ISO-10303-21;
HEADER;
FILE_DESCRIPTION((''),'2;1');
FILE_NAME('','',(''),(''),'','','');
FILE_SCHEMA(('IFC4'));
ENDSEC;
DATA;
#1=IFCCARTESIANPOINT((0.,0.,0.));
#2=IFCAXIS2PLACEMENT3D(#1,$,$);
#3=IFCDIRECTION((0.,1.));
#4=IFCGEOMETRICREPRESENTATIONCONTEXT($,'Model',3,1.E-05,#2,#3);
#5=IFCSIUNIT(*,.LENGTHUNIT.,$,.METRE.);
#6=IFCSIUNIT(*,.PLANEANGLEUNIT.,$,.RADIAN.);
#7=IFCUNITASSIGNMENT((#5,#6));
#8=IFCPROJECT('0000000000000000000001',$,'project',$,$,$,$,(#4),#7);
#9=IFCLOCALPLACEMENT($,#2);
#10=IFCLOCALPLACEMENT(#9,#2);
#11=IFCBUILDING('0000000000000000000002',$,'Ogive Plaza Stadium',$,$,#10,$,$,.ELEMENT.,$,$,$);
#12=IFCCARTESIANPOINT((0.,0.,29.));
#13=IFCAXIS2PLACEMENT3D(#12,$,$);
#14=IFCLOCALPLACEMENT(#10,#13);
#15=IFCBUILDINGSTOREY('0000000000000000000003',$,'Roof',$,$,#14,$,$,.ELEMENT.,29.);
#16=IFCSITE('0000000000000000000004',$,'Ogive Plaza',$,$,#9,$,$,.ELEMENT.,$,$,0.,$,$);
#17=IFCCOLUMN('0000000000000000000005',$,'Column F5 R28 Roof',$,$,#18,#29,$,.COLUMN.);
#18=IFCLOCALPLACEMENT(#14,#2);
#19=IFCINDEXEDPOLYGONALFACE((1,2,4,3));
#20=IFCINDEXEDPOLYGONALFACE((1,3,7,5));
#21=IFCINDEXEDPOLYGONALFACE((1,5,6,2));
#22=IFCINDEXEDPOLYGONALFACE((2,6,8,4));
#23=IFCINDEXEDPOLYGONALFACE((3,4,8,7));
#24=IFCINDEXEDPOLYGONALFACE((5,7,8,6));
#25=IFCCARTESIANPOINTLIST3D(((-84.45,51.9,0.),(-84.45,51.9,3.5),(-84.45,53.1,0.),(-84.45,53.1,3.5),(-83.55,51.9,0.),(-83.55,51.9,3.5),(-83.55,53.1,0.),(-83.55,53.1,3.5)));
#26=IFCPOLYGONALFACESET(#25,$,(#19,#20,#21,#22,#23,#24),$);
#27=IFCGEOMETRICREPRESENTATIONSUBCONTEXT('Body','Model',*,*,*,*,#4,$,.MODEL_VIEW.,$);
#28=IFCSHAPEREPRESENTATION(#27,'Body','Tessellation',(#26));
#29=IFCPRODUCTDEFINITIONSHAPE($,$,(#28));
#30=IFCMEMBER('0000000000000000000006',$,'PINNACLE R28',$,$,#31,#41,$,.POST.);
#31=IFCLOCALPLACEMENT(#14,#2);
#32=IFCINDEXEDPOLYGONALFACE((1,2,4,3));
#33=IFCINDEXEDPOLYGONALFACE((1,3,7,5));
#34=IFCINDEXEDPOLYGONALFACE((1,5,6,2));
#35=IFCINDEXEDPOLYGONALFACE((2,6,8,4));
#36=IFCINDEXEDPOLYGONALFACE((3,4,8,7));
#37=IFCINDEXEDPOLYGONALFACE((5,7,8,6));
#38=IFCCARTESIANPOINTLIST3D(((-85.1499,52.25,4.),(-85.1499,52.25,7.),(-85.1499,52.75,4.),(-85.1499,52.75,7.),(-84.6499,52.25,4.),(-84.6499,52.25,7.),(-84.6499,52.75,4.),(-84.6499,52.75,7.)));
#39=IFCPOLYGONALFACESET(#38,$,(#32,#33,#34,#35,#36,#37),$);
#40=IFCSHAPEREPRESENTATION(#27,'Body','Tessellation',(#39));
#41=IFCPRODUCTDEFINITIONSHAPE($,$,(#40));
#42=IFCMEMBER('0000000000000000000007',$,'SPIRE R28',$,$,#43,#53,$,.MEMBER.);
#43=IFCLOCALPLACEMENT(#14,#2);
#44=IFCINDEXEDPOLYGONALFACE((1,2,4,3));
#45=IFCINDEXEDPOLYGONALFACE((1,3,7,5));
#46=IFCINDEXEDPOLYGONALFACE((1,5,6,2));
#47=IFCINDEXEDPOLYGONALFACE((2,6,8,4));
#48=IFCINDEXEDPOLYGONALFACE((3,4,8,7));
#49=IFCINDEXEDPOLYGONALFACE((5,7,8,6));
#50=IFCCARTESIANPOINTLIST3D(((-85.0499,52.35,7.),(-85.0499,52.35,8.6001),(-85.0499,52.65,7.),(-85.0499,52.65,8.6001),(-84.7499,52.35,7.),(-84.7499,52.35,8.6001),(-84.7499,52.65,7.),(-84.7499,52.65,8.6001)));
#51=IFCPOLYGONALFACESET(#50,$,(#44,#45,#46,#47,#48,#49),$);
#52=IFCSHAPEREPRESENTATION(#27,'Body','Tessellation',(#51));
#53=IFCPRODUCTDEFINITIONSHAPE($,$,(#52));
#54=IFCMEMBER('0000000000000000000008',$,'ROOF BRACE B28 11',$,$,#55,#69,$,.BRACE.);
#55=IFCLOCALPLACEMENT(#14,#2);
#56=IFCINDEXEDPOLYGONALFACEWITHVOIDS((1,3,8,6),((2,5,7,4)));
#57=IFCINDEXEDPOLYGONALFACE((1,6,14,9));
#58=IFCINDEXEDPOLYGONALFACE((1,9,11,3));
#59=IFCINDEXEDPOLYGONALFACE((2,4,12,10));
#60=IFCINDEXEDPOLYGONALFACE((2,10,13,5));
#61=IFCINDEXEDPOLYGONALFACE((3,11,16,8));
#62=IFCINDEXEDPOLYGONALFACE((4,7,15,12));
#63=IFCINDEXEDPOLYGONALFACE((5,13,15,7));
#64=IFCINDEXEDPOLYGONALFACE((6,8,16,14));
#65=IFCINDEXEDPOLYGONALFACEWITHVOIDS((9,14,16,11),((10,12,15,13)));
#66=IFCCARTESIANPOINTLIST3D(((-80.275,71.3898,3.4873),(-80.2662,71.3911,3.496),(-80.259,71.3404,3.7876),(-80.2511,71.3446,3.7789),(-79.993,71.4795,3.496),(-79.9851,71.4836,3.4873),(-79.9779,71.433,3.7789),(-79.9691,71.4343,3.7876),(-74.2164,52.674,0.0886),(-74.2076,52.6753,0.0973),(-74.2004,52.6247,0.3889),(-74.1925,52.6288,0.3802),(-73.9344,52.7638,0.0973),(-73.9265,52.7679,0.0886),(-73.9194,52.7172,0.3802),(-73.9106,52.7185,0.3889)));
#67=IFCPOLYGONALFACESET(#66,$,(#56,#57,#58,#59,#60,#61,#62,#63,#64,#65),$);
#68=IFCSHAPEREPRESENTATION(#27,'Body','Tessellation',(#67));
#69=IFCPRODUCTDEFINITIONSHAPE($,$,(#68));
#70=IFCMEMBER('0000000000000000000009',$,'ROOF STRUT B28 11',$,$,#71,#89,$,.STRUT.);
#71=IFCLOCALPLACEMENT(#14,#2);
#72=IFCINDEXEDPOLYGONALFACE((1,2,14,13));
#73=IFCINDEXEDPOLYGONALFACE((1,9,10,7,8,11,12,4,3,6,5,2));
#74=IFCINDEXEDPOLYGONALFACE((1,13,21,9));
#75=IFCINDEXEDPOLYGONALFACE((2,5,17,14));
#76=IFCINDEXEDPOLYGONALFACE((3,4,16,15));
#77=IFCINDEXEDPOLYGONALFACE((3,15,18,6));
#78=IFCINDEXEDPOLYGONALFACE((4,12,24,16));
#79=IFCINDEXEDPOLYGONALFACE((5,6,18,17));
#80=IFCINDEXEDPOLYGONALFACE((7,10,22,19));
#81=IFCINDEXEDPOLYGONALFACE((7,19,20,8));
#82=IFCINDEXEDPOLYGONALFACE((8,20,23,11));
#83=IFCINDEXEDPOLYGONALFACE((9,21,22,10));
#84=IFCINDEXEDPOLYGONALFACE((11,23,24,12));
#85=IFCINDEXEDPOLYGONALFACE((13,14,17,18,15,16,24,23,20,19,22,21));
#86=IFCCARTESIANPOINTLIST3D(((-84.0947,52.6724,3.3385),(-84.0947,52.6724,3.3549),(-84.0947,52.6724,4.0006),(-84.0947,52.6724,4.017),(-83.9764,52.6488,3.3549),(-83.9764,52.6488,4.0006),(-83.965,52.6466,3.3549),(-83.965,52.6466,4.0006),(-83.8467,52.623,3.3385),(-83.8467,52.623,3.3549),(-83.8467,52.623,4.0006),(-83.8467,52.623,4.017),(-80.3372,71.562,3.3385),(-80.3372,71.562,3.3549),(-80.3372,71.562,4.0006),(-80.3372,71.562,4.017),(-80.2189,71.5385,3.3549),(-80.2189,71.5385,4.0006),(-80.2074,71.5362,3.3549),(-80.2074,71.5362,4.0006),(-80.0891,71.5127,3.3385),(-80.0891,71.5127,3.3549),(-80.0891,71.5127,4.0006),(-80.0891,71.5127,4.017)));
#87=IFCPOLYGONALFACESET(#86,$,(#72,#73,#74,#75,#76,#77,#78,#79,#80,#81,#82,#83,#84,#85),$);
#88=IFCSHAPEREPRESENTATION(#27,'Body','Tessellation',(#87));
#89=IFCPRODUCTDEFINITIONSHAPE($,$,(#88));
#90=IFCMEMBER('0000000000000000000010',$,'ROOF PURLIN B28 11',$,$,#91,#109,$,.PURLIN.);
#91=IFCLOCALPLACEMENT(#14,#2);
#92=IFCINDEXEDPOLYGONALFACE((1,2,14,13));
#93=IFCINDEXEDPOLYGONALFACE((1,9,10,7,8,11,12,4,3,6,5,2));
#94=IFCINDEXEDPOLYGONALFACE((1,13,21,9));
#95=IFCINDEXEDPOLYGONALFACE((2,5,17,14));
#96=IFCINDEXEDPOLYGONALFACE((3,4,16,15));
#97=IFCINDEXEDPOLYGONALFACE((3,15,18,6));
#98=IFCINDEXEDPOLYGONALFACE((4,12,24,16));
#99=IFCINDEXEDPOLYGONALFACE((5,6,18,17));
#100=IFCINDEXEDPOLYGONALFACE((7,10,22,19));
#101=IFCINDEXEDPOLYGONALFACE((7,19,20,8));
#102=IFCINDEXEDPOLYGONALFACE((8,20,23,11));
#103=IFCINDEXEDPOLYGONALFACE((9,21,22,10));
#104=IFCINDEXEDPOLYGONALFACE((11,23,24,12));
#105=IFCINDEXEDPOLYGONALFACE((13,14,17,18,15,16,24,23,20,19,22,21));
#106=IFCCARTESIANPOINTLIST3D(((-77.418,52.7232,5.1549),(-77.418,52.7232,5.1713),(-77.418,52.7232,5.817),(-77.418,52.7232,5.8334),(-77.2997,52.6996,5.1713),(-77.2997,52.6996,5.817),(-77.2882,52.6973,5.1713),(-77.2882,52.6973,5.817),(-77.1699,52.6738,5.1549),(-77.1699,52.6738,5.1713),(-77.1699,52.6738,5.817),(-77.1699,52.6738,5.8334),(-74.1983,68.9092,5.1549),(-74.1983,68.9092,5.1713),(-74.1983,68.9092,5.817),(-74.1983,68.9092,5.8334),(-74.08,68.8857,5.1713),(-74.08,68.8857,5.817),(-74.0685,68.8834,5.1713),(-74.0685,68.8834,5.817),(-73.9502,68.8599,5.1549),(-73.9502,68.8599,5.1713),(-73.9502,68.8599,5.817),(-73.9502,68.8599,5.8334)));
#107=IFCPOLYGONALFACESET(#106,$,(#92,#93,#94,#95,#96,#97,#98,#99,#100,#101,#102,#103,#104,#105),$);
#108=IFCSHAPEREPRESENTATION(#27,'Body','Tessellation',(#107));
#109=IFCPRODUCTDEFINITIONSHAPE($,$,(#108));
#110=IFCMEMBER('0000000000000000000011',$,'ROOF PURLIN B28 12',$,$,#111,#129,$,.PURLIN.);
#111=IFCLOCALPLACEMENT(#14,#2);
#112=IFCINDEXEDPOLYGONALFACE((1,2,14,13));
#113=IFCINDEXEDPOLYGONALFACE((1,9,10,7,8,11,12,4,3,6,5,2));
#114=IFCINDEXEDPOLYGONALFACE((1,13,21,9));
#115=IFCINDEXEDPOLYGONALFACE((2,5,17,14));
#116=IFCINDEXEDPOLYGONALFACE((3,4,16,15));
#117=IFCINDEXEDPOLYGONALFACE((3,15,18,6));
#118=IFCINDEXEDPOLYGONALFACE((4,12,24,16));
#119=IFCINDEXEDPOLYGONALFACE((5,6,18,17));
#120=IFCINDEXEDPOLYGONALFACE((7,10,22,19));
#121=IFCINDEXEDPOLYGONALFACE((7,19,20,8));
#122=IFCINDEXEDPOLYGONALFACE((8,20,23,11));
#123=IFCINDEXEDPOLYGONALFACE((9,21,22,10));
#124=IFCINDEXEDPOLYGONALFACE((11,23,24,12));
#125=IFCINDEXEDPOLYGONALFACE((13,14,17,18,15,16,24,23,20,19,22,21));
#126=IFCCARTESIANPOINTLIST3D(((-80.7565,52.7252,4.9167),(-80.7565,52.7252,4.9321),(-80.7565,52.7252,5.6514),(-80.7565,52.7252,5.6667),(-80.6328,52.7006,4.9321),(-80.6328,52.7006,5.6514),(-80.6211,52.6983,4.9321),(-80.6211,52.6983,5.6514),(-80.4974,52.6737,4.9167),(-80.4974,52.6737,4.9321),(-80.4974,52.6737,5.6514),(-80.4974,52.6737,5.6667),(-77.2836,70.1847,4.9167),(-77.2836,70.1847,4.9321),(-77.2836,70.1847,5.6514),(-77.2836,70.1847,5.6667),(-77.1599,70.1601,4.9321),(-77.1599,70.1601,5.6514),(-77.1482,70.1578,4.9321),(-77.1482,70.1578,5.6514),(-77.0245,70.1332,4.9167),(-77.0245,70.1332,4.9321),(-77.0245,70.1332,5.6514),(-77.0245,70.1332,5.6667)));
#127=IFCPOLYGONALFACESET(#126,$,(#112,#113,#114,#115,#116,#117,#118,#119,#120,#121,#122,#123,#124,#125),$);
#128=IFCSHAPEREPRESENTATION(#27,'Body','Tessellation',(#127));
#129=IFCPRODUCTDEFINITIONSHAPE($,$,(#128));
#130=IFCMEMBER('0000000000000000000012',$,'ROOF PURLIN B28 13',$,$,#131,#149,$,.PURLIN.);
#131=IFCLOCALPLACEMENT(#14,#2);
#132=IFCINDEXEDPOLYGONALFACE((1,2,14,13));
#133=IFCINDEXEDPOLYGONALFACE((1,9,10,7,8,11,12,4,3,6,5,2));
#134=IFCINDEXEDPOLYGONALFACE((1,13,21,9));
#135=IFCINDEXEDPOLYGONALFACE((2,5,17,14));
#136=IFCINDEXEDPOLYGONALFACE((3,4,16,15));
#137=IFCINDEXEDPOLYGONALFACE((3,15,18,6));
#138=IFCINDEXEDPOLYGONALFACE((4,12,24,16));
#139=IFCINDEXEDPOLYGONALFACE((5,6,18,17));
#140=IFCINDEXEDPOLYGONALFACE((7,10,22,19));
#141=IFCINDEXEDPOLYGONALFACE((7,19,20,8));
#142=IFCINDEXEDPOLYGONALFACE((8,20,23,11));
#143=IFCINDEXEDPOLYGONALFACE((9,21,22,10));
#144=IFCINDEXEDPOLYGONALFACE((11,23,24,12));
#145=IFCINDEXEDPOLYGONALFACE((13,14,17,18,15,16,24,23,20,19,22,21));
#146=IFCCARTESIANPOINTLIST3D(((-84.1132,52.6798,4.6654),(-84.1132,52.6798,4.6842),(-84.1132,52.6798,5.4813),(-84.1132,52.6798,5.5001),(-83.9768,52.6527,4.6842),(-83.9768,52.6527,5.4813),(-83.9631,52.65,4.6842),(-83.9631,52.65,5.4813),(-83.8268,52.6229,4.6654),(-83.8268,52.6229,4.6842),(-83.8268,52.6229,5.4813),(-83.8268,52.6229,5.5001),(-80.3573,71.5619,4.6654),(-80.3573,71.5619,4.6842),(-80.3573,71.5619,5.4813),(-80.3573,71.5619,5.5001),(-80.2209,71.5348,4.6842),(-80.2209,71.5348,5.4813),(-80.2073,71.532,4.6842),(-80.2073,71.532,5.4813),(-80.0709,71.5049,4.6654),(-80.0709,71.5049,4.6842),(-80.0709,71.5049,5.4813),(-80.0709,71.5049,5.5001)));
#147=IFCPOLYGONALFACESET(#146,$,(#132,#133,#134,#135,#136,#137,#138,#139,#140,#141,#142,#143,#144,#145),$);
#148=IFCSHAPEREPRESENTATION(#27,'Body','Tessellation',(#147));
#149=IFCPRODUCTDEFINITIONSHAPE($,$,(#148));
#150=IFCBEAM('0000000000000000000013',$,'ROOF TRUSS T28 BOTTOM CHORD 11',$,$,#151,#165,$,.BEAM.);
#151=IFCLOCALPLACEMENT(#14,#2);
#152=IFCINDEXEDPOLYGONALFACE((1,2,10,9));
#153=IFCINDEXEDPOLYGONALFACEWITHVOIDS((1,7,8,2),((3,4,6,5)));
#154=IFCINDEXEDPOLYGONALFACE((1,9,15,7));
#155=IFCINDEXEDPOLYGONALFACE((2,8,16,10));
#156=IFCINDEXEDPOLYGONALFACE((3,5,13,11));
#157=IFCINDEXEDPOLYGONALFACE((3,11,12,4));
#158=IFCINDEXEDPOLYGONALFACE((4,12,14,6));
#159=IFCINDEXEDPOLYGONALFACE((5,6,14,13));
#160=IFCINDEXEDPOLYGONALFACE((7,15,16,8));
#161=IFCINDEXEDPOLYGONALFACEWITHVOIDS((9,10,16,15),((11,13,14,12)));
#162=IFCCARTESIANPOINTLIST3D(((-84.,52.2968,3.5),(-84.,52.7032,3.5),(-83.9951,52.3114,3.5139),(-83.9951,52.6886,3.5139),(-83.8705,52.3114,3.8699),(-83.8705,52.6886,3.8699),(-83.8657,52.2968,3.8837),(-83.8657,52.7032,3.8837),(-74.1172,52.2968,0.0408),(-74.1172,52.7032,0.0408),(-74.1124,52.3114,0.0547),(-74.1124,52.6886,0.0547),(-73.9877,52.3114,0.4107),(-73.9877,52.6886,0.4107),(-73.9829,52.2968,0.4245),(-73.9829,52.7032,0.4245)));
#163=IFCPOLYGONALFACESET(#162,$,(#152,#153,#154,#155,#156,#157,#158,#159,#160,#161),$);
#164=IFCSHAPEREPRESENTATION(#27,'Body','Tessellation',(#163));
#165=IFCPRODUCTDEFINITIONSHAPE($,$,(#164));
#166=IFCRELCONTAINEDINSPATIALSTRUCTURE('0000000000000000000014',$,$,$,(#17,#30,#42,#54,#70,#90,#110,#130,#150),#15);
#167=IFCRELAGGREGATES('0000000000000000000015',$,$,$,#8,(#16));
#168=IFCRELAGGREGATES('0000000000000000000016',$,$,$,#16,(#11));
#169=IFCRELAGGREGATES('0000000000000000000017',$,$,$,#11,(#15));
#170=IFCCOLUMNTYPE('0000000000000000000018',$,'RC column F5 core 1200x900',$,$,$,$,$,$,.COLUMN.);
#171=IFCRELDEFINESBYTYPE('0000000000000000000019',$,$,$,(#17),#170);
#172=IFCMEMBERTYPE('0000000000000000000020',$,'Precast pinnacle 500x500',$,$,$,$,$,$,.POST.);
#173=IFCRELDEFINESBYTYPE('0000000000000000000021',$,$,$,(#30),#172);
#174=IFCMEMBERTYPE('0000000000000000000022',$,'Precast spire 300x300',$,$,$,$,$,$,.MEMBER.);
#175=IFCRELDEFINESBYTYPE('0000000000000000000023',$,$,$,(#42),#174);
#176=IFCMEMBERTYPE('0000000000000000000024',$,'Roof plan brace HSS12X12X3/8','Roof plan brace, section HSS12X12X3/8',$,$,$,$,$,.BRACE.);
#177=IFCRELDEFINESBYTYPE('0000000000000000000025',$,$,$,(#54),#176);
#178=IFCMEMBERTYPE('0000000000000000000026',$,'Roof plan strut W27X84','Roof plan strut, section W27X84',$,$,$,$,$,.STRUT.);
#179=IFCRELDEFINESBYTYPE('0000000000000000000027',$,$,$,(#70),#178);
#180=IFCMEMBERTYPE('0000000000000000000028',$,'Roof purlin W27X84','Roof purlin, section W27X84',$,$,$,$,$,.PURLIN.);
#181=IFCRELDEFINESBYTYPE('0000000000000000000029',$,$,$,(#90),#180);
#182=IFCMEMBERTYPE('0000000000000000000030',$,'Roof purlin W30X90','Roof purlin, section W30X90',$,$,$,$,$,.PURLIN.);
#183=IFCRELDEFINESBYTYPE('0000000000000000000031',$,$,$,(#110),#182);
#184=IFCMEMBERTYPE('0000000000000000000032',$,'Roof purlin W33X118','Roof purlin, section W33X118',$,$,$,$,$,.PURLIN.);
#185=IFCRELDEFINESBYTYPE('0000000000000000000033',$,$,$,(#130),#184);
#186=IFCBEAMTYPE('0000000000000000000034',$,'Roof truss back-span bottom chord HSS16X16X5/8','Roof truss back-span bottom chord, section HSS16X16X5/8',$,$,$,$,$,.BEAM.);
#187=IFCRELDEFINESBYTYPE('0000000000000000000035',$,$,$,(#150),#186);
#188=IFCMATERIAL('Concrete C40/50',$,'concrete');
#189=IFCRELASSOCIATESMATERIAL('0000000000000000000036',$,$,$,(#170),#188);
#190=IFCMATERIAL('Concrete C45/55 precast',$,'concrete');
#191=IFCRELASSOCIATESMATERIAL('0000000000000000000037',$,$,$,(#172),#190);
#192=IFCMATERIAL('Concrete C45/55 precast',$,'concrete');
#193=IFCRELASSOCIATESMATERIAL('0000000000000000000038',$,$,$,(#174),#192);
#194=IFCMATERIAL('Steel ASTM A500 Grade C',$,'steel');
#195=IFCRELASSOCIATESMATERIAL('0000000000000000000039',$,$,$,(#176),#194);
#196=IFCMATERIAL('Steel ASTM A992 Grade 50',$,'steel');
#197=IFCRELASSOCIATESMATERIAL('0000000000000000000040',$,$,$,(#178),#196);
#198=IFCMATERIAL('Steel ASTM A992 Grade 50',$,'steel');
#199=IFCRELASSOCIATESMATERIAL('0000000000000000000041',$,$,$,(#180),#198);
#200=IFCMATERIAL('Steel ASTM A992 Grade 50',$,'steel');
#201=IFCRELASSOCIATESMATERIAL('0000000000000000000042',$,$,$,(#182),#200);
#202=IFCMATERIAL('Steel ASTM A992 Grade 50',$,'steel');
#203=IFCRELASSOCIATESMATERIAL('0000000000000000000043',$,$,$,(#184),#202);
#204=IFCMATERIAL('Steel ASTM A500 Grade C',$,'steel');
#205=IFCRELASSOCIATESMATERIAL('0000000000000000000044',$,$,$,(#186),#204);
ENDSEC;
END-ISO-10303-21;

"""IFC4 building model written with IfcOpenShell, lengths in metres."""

from ifc_helpers import new_model, si_unit, direction, frame, origin, origin_2d, place, context, subcontext, project, spatial, rectangle, hollow_rectangle, i_section, extrude, material, material_profile, profile_set, type_object, element, save


model = new_model("IFC4")

# Units and contexts
model_context = context("Model", 3, precision=1e-05, world=origin(), true_north=direction((0.0, 1.0)))
body_context = subcontext(model_context, "Body", "Model", "MODEL_VIEW")
ifc_project = project(units=[si_unit("LENGTHUNIT", "METRE"), si_unit("PLANEANGLEUNIT", "RADIAN")], contexts=[model_context])

# Site, building, storey
site_placement = place(None, origin())
site = spatial("IfcSite", under=ifc_project, at=site_placement, Name="Ogive Plaza", CompositionType="ELEMENT", RefElevation=0.0)
building_placement = place(site_placement, origin())
building = spatial("IfcBuilding", under=site, at=building_placement, Name="Ogive Plaza Stadium", CompositionType="ELEMENT")
storey_placement = place(building_placement, frame((0.0, 0.0, 29.0)))
storey = spatial("IfcBuildingStorey", under=building, at=storey_placement, Name="Roof", CompositionType="ELEMENT", Elevation=29.0)

# Column
ifc_material_1 = material(Name="Concrete C40/50", Category="concrete")
ifc_material_profile_1 = material_profile(ifc_material_1, rectangle(XDim=1.2, YDim=0.8999, at=origin_2d()), Name="RC 1200x900")
ifc_profile_set_1 = profile_set([ifc_material_profile_1], Name="Concrete C40/50")
column_type = type_object("IfcColumnType", Name="RC column F5 core 1200x900", PredefinedType="COLUMN", material=ifc_profile_set_1)
column_placement = place(storey_placement, frame((-84.0, 52.5, 0.0), z_axis=(0.0, 0.0, 1.0), x_axis=(0.0, -1.0, 0.0)))
element("IfcColumn", 1, at=column_placement, inside=storey, type_object=column_type, Name="Column F5 R28 Roof", PredefinedType="COLUMN", context=body_context, shape_type="SweptSolid", body=[
    extrude(rectangle(XDim=1.2, YDim=0.8999, at=origin_2d()), origin(), (0.0, 0.0, 1.0), 3.5),
])

# Members
ifc_material_2 = material(Name="Concrete C45/55 precast", Category="concrete")
ifc_material_profile_2 = material_profile(ifc_material_2, rectangle(XDim=0.5, YDim=0.5, at=origin_2d()), Name="RC 500x500")
ifc_profile_set_2 = profile_set([ifc_material_profile_2], Name="Concrete C45/55 precast")
member_type_1 = type_object("IfcMemberType", Name="Precast pinnacle 500x500", PredefinedType="POST", material=ifc_profile_set_2)
member_1_placement = place(storey_placement, frame((-84.8999, 52.5, 4.0), z_axis=(0.0, 0.0, 1.0), x_axis=(0.0, -1.0, 0.0)))
element("IfcMember", 2, at=member_1_placement, inside=storey, type_object=member_type_1, Name="PINNACLE R28", PredefinedType="POST", context=body_context, shape_type="SweptSolid", body=[
    extrude(rectangle(XDim=0.5, YDim=0.5, at=origin_2d()), origin(), (0.0, 0.0, 1.0), 3.0),
])
ifc_material_3 = material(Name="Concrete C45/55 precast", Category="concrete")
ifc_material_profile_3 = material_profile(ifc_material_3, rectangle(XDim=0.3, YDim=0.3, at=origin_2d()), Name="RC 300x300")
ifc_profile_set_3 = profile_set([ifc_material_profile_3], Name="Concrete C45/55 precast")
member_type_2 = type_object("IfcMemberType", Name="Precast spire 300x300", PredefinedType="MEMBER", material=ifc_profile_set_3)
member_2_placement = place(storey_placement, frame((-84.8999, 52.5, 7.0), z_axis=(0.0, 0.0, 1.0), x_axis=(0.0, -1.0, 0.0)))
element("IfcMember", 3, at=member_2_placement, inside=storey, type_object=member_type_2, Name="SPIRE R28", PredefinedType="MEMBER", context=body_context, shape_type="SweptSolid", body=[
    extrude(rectangle(XDim=0.3, YDim=0.3, at=origin_2d()), origin(), (0.0, 0.0, 1.0), 1.6001),
])
ifc_material_4 = material(Name="Steel ASTM A500 Grade C", Category="steel")
ifc_material_profile_4 = material_profile(ifc_material_4, hollow_rectangle(XDim=0.3047, YDim=0.3047, WallThickness=0.0088, at=origin_2d()), Name="HSS12X12X3/8")
ifc_profile_set_4 = profile_set([ifc_material_profile_4], Name="Steel ASTM A500 Grade C")
member_type_3 = type_object("IfcMemberType", Name="Roof plan brace HSS12X12X3/8", Description="Roof plan brace, section HSS12X12X3/8", PredefinedType="BRACE", material=ifc_profile_set_4)
member_3_placement = place(storey_placement, frame((-74.0635, 52.6963, 0.2388), z_axis=(-0.303484, 0.937504, 0.170245), x_axis=(-0.951393, -0.30798, 0.0)))
element("IfcMember", 4, at=member_3_placement, inside=storey, type_object=member_type_3, Name="ROOF BRACE B28 11", PredefinedType="BRACE", context=body_context, shape_type="SweptSolid", body=[
    extrude(hollow_rectangle(XDim=0.3047, YDim=0.3047, WallThickness=0.0088, at=origin_2d()), origin(), (0.0, 0.0, 1.0), 19.9634),
])
ifc_material_5 = material(Name="Steel ASTM A992 Grade 50", Category="steel")
ifc_material_profile_5 = material_profile(ifc_material_5, i_section(OverallWidth=0.2529, OverallDepth=0.6785, WebThickness=0.0117, FlangeThickness=0.0164, at=origin_2d()), Name="W27X84")
ifc_profile_set_5 = profile_set([ifc_material_profile_5], Name="Steel ASTM A992 Grade 50")
member_type_4 = type_object("IfcMemberType", Name="Roof plan strut W27X84", Description="Roof plan strut, section W27X84", PredefinedType="STRUT", material=ifc_profile_set_5)
member_4_placement = place(storey_placement, frame((-83.9707, 52.6477, 3.6777), z_axis=(0.195099, 0.980783, 0.0), x_axis=(-0.980783, 0.195099, 0.0)))
element("IfcMember", 5, at=member_4_placement, inside=storey, type_object=member_type_4, Name="ROOF STRUT B28 11", PredefinedType="STRUT", context=body_context, shape_type="SweptSolid", body=[
    extrude(i_section(OverallWidth=0.2529, OverallDepth=0.6785, WebThickness=0.0117, FlangeThickness=0.0164, at=origin_2d()), origin(), (0.0, 0.0, 1.0), 19.2598),
])
ifc_material_6 = material(Name="Steel ASTM A992 Grade 50", Category="steel")
ifc_material_profile_6 = material_profile(ifc_material_6, i_section(OverallWidth=0.2529, OverallDepth=0.6785, WebThickness=0.0117, FlangeThickness=0.0164, at=origin_2d()), Name="W27X84")
ifc_profile_set_6 = profile_set([ifc_material_profile_6], Name="Steel ASTM A992 Grade 50")
member_type_5 = type_object("IfcMemberType", Name="Roof purlin W27X84", Description="Roof purlin, section W27X84", PredefinedType="PURLIN", material=ifc_profile_set_6)
member_5_placement = place(storey_placement, frame((-77.2939, 52.6985, 5.4941), z_axis=(0.195098, 0.980784, 0.0), x_axis=(-0.980784, 0.195098, 0.0)))
element("IfcMember", 6, at=member_5_placement, inside=storey, type_object=member_type_5, Name="ROOF PURLIN B28 11", PredefinedType="PURLIN", context=body_context, shape_type="SweptSolid", body=[
    extrude(i_section(OverallWidth=0.2529, OverallDepth=0.6785, WebThickness=0.0117, FlangeThickness=0.0164, at=origin_2d()), origin(), (0.0, 0.0, 1.0), 16.5032),
])
ifc_material_7 = material(Name="Steel ASTM A992 Grade 50", Category="steel")
ifc_material_profile_7 = material_profile(ifc_material_7, i_section(OverallWidth=0.2642, OverallDepth=0.75, WebThickness=0.012, FlangeThickness=0.0154, at=origin_2d()), Name="W30X90")
ifc_profile_set_7 = profile_set([ifc_material_profile_7], Name="Steel ASTM A992 Grade 50")
member_type_6 = type_object("IfcMemberType", Name="Roof purlin W30X90", Description="Roof purlin, section W30X90", PredefinedType="PURLIN", material=ifc_profile_set_7)
member_6_placement = place(storey_placement, frame((-80.627, 52.6995, 5.2917), z_axis=(0.19509, 0.980785, 0.0), x_axis=(-0.980785, 0.19509, 0.0)))
element("IfcMember", 7, at=member_6_placement, inside=storey, type_object=member_type_6, Name="ROOF PURLIN B28 12", PredefinedType="PURLIN", context=body_context, shape_type="SweptSolid", body=[
    extrude(i_section(OverallWidth=0.2642, OverallDepth=0.75, WebThickness=0.012, FlangeThickness=0.0154, at=origin_2d()), origin(), (0.0, 0.0, 1.0), 17.8015),
])
ifc_material_8 = material(Name="Steel ASTM A992 Grade 50", Category="steel")
ifc_material_profile_8 = material_profile(ifc_material_8, i_section(OverallWidth=0.292, OverallDepth=0.8347, WebThickness=0.0139, FlangeThickness=0.0188, at=origin_2d()), Name="W33X118")
ifc_profile_set_8 = profile_set([ifc_material_profile_8], Name="Steel ASTM A992 Grade 50")
member_type_7 = type_object("IfcMemberType", Name="Roof purlin W33X118", Description="Roof purlin, section W33X118", PredefinedType="PURLIN", material=ifc_profile_set_8)
member_7_placement = place(storey_placement, frame((-83.97, 52.6514, 5.0828), z_axis=(0.195089, 0.980785, 0.0), x_axis=(-0.980785, 0.195089, 0.0)))
element("IfcMember", 8, at=member_7_placement, inside=storey, type_object=member_type_7, Name="ROOF PURLIN B28 13", PredefinedType="PURLIN", context=body_context, shape_type="SweptSolid", body=[
    extrude(i_section(OverallWidth=0.292, OverallDepth=0.8347, WebThickness=0.0139, FlangeThickness=0.0188, at=origin_2d()), origin(), (0.0, 0.0, 1.0), 19.252),
])

# Beam
ifc_material_9 = material(Name="Steel ASTM A500 Grade C", Category="steel")
ifc_material_profile_9 = material_profile(ifc_material_9, hollow_rectangle(XDim=0.4065, YDim=0.4065, WallThickness=0.0146, at=origin_2d()), Name="HSS16X16X5/8")
ifc_profile_set_9 = profile_set([ifc_material_profile_9], Name="Steel ASTM A500 Grade C")
beam_type_1 = type_object("IfcBeamType", Name="Roof truss back-span bottom chord HSS16X16X5/8", Description="Roof truss back-span bottom chord, section HSS16X16X5/8", PredefinedType="BEAM", material=ifc_profile_set_9)
beam_1_placement = place(storey_placement, frame((-74.05, 52.5, 0.2327), z_axis=(-0.943851, 0.0, 0.330371), x_axis=(0.0, -1.0, 0.0)))
element("IfcBeam", 9, at=beam_1_placement, inside=storey, type_object=beam_type_1, Name="ROOF TRUSS T28 BOTTOM CHORD 11", PredefinedType="BEAM", context=body_context, shape_type="SweptSolid", body=[
    extrude(hollow_rectangle(XDim=0.4065, YDim=0.4065, WallThickness=0.0146, at=origin_2d()), origin(), (0.0, 0.0, 1.0), 10.4707),
])

save(model, "model.ifc")
